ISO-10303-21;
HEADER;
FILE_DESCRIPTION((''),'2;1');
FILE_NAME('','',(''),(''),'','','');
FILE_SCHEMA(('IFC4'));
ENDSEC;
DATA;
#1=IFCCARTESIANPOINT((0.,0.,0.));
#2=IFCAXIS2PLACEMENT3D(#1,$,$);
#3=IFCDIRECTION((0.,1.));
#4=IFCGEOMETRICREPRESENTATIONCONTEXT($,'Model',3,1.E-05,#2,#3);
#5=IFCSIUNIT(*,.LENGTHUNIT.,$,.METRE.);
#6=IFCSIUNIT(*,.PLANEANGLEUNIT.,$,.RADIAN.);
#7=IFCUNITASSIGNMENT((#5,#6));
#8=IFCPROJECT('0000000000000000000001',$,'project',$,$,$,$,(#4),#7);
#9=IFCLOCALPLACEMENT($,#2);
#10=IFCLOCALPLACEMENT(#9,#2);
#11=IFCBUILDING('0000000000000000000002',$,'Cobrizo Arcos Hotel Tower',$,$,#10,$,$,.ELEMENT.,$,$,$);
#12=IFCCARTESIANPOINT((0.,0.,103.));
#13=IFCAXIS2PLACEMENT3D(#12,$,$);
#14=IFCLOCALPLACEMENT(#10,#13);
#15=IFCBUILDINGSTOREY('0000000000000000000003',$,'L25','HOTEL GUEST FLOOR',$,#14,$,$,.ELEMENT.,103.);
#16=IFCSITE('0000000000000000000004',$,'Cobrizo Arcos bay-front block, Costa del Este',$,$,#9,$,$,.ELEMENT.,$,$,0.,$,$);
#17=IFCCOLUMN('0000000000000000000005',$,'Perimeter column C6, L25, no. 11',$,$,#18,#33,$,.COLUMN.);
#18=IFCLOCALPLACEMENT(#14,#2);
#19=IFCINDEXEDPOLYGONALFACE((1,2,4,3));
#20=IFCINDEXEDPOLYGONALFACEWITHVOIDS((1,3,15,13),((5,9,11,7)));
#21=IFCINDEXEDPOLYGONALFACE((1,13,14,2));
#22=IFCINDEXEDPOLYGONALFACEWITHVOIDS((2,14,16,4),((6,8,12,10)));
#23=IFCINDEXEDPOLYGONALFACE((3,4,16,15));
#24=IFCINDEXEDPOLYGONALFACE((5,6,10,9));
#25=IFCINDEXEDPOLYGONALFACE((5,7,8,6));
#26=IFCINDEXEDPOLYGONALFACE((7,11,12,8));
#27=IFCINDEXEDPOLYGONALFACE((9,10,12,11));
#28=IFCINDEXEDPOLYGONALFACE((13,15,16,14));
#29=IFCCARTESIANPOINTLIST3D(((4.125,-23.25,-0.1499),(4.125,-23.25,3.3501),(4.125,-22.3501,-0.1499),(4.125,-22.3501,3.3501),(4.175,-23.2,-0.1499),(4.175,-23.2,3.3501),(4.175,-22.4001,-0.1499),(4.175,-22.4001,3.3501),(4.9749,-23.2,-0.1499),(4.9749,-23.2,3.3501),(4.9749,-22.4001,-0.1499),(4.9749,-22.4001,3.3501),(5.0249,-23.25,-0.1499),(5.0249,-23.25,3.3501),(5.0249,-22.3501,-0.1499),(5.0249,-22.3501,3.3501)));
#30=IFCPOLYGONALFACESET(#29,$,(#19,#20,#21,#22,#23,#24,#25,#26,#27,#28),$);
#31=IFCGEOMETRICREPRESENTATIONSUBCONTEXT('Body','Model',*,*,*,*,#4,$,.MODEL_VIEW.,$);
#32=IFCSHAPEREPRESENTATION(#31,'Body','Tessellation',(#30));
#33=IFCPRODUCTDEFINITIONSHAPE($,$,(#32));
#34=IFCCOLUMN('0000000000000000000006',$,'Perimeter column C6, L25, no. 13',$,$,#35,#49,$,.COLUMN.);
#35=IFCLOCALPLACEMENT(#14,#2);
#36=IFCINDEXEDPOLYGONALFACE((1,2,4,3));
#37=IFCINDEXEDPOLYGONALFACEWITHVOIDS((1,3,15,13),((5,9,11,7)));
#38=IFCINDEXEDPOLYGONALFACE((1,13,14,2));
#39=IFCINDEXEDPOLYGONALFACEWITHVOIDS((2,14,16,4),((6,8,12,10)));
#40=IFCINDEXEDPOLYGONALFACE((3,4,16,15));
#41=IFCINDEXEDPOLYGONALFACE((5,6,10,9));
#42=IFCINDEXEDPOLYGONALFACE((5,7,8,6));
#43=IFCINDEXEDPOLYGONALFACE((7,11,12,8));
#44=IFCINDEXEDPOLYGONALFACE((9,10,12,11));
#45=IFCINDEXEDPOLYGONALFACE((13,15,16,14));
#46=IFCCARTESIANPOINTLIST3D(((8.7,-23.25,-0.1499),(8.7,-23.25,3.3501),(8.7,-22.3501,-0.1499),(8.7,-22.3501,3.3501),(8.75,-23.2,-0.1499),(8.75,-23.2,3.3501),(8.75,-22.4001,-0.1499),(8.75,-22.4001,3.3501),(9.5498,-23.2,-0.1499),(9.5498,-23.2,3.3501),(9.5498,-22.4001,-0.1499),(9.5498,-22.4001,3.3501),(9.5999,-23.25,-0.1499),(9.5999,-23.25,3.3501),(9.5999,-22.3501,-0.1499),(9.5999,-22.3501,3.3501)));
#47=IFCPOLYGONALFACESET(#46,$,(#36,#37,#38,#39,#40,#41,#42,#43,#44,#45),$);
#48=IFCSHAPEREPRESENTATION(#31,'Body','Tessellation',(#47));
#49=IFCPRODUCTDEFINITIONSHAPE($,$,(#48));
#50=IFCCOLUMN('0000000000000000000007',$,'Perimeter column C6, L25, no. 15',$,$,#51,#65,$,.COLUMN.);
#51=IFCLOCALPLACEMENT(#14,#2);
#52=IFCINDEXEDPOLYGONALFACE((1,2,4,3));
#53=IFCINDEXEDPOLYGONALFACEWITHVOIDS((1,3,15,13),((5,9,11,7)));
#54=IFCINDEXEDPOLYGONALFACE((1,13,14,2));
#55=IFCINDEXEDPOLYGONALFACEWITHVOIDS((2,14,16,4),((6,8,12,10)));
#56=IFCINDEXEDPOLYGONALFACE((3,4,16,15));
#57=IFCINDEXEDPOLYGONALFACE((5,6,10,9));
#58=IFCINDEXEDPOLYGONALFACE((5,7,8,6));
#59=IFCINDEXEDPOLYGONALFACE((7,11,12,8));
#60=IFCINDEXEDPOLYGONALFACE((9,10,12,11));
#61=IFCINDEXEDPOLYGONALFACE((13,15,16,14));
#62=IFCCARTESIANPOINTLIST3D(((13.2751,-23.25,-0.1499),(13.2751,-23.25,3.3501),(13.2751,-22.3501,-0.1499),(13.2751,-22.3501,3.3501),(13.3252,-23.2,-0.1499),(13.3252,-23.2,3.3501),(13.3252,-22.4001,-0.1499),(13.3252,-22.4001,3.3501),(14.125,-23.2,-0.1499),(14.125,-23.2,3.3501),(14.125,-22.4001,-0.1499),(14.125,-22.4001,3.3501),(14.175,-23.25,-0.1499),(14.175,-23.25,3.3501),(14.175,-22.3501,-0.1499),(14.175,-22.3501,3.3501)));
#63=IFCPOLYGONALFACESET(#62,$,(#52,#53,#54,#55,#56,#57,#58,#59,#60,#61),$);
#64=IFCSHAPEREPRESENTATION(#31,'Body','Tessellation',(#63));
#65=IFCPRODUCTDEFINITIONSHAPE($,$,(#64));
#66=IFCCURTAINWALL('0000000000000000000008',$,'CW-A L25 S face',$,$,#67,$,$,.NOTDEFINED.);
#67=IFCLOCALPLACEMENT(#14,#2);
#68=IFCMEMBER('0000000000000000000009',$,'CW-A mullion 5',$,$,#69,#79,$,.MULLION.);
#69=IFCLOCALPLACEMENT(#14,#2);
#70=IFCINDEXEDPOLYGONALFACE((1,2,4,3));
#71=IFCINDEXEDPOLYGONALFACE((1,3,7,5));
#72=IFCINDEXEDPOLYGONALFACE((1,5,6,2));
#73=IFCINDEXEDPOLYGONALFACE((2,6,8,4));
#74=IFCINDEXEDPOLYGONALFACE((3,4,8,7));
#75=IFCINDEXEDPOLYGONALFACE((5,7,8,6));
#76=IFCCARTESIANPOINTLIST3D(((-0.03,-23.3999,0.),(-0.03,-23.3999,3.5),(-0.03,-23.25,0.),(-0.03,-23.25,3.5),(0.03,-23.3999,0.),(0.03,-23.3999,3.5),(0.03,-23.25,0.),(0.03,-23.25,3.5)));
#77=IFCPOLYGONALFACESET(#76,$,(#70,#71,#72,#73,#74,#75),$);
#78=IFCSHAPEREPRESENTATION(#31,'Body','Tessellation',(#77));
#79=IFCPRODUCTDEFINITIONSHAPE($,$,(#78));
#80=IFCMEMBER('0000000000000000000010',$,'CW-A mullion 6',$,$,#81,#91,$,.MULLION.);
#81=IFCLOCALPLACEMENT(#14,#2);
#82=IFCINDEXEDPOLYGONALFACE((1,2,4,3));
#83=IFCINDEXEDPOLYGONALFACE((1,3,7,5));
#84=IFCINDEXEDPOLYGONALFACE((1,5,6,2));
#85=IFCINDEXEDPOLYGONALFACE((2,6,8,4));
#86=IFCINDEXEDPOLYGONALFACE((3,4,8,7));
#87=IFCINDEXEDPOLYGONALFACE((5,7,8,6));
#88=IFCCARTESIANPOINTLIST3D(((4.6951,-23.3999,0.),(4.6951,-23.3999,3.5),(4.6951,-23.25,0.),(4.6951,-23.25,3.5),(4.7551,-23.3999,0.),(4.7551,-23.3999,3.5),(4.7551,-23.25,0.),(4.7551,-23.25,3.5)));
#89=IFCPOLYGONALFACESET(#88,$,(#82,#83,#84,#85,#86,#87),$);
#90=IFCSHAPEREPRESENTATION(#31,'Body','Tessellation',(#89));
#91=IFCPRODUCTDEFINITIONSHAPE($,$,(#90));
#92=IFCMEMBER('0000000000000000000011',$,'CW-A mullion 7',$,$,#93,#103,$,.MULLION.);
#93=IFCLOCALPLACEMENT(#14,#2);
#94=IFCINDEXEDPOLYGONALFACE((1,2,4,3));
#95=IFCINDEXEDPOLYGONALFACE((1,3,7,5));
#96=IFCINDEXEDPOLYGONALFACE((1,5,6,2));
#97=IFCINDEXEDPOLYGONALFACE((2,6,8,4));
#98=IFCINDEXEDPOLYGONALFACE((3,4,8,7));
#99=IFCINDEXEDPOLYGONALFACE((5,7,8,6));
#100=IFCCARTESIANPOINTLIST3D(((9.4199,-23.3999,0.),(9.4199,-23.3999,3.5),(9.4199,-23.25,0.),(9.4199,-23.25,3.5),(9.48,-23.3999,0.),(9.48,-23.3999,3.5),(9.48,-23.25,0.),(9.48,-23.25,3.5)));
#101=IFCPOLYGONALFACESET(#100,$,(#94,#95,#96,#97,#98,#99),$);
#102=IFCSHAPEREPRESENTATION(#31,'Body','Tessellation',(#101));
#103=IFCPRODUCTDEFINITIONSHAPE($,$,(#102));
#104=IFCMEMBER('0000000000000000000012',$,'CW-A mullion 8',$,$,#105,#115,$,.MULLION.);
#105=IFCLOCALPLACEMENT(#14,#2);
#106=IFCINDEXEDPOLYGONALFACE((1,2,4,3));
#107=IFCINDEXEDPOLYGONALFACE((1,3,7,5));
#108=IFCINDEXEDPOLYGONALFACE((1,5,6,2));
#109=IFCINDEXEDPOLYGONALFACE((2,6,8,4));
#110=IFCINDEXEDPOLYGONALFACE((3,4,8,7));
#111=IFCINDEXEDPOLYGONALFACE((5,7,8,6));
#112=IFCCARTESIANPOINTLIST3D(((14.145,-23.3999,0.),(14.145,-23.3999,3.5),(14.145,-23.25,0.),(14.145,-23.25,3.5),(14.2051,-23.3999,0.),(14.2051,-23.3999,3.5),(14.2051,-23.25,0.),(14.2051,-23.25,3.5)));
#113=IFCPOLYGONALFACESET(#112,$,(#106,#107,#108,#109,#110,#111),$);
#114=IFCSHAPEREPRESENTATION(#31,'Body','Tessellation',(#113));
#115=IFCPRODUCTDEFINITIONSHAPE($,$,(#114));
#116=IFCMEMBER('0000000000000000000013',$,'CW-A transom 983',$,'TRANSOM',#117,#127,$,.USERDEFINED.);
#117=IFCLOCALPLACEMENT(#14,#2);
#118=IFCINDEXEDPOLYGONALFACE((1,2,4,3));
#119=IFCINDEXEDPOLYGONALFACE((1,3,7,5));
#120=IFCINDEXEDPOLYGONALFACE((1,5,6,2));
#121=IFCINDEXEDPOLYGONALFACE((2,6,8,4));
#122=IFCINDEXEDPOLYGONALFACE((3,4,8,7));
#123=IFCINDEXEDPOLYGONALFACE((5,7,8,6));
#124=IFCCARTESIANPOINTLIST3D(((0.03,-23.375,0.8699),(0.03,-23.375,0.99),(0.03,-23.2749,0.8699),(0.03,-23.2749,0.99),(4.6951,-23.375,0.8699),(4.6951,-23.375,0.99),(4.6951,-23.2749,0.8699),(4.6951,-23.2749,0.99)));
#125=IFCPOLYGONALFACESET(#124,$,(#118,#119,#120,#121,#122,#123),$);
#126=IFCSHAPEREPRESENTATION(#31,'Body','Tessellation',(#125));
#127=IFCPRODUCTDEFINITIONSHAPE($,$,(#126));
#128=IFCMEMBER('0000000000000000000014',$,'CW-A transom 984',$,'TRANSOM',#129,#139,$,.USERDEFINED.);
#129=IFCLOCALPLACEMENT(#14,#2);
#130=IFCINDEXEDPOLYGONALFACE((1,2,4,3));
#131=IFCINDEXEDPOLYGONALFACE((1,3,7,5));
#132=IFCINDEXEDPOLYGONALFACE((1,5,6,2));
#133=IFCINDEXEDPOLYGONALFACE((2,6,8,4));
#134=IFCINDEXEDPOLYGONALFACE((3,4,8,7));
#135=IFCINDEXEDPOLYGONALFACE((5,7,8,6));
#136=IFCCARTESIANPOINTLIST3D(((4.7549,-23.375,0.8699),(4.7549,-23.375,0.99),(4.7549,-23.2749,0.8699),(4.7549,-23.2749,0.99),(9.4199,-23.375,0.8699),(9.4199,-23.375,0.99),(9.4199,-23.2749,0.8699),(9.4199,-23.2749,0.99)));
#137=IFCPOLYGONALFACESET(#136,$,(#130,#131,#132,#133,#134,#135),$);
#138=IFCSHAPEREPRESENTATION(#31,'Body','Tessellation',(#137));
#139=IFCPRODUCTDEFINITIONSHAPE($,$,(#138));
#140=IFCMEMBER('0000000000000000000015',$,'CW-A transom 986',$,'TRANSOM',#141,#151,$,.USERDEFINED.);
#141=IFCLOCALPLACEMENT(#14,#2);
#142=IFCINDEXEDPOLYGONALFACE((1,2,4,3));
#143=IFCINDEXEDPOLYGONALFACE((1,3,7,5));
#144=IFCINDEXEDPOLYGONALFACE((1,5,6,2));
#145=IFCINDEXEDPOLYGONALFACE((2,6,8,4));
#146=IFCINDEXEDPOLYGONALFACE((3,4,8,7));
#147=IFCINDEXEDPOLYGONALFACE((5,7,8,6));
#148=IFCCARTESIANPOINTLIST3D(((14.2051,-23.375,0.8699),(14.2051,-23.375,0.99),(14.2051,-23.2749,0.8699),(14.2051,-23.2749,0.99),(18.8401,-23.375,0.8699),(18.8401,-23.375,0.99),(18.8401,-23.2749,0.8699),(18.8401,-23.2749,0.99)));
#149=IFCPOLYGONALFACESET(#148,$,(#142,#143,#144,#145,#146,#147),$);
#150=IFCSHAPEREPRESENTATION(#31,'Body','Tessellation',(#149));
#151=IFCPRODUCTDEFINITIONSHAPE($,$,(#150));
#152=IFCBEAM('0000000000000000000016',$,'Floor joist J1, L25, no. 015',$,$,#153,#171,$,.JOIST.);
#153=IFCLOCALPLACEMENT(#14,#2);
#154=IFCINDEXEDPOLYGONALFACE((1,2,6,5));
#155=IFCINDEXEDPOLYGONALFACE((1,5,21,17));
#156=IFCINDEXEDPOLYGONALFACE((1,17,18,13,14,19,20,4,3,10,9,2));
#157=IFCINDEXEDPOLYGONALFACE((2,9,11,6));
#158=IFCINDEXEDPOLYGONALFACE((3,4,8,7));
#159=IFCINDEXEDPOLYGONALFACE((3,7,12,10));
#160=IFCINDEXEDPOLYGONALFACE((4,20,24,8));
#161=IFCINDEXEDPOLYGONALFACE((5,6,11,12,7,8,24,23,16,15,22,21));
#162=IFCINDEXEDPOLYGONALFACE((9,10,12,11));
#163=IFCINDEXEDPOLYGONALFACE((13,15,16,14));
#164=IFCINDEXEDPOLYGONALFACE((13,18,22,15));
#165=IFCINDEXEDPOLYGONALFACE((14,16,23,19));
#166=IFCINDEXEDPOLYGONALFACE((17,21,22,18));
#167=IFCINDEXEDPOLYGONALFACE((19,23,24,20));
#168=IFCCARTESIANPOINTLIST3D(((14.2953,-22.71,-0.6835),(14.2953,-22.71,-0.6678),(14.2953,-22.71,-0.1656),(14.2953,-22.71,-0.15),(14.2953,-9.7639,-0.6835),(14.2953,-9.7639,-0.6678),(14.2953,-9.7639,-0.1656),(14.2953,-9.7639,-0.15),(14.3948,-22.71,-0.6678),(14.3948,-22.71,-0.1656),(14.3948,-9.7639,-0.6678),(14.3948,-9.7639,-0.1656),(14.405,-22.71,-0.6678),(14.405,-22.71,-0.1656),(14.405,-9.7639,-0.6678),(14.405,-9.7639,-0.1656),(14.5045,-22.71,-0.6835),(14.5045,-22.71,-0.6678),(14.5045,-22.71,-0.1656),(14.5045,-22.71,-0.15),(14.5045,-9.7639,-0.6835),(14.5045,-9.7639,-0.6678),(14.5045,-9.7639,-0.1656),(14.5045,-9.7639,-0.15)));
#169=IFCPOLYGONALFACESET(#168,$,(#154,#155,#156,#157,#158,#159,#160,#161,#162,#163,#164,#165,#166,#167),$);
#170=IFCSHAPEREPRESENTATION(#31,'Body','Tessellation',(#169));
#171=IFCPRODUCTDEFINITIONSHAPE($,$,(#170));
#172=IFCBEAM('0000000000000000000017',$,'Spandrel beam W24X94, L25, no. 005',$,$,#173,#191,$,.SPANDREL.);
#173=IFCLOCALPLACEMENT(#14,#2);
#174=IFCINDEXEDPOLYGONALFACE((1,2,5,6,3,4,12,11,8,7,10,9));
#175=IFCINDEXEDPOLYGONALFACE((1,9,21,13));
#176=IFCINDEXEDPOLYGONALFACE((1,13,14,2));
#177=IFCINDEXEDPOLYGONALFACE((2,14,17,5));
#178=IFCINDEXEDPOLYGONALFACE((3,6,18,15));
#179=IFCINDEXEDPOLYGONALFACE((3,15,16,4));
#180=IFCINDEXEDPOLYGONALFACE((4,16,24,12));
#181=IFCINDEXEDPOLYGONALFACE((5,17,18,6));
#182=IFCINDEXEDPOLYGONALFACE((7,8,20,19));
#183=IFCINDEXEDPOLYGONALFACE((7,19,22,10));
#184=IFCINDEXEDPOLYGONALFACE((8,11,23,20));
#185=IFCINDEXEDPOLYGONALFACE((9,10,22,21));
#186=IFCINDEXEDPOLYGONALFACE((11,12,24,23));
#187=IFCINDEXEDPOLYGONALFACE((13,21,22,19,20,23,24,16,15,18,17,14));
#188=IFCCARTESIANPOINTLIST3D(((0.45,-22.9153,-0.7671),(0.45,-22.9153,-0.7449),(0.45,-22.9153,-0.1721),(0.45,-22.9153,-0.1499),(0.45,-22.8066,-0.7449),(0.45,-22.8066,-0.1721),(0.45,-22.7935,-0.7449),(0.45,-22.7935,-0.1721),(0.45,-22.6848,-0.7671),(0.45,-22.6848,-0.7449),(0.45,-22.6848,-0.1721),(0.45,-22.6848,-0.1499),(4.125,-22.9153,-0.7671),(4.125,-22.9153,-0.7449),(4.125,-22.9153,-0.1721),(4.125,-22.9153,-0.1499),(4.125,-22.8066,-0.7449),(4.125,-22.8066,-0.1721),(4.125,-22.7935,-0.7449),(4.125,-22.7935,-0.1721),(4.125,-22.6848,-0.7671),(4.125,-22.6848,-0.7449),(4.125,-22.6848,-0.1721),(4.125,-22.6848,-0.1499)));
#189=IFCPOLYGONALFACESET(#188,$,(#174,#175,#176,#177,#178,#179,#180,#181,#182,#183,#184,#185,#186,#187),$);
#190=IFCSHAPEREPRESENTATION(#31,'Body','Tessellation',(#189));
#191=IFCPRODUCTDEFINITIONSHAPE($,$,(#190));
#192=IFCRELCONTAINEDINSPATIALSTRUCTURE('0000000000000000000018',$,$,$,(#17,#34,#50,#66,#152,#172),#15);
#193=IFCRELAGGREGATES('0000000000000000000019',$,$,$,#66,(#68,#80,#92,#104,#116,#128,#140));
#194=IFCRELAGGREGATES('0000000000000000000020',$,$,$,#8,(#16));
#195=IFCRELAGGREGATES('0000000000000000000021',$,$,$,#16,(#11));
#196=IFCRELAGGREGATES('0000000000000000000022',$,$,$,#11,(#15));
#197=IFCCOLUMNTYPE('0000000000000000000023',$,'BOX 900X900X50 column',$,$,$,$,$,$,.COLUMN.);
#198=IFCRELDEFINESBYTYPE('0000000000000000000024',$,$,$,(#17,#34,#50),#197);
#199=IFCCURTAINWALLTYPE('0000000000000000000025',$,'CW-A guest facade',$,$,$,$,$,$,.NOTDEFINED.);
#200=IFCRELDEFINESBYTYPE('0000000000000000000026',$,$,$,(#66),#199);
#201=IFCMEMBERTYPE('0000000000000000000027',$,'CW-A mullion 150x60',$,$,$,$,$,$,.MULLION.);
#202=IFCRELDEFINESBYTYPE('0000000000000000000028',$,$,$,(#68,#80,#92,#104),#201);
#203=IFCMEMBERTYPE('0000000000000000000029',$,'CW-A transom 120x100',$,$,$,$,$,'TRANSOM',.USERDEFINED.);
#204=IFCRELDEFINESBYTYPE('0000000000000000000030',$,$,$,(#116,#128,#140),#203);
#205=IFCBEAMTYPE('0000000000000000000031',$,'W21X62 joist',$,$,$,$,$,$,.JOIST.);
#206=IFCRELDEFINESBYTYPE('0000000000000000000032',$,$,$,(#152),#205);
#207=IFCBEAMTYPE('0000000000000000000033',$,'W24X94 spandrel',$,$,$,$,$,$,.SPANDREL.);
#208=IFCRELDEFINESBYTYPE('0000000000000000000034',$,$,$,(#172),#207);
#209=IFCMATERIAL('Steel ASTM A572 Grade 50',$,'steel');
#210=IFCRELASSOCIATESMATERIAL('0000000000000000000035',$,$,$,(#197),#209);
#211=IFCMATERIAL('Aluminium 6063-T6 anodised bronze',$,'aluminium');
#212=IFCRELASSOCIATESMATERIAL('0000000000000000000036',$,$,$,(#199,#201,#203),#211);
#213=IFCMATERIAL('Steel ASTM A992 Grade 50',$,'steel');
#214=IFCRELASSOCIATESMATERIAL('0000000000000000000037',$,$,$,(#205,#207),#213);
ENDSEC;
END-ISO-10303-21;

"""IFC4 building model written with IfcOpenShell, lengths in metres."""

from ifc_helpers import new_model, si_unit, direction, frame, origin, origin_2d, place, context, subcontext, project, spatial, rectangle, hollow_rectangle, i_section, extrude, material, material_profile, profile_set, type_object, element, aggregate, save


model = new_model("IFC4")

# Units and contexts
model_context = context("Model", 3, precision=1e-05, world=origin(), true_north=direction((0.0, 1.0)))
body_context = subcontext(model_context, "Body", "Model", "MODEL_VIEW")
ifc_project = project(units=[si_unit("LENGTHUNIT", "METRE"), si_unit("PLANEANGLEUNIT", "RADIAN")], contexts=[model_context])

# Site, building, storey
site_placement = place(None, origin())
site = spatial("IfcSite", under=ifc_project, at=site_placement, Name="Cobrizo Arcos bay-front block, Costa del Este", CompositionType="ELEMENT", RefElevation=0.0)
building_placement = place(site_placement, origin())
building = spatial("IfcBuilding", under=site, at=building_placement, Name="Cobrizo Arcos Hotel Tower", CompositionType="ELEMENT")
storey_placement = place(building_placement, frame((0.0, 0.0, 103.0)))
storey = spatial("IfcBuildingStorey", under=building, at=storey_placement, Name="L25", Description="HOTEL GUEST FLOOR", CompositionType="ELEMENT", Elevation=103.0)

# Columns
ifc_material_1 = material(Name="Steel ASTM A572 Grade 50", Category="steel")
ifc_material_profile_1 = material_profile(ifc_material_1, hollow_rectangle(XDim=0.8999, YDim=0.8999, WallThickness=0.05, at=origin_2d()), Name="BOX 900X900X50")
ifc_profile_set_1 = profile_set([ifc_material_profile_1], Name="Steel ASTM A572 Grade 50")
column_type = type_object("IfcColumnType", Name="BOX 900X900X50 column", PredefinedType="COLUMN", material=ifc_profile_set_1)
for number, where, z_axis, x_axis, name in (
    (1, (4.575, -22.8, -0.1499), (0.0, 0.0, 1.0), (1.0, 0.0, 0.0), "Perimeter column C6, L25, no. 11"),
    (2, (9.1499, -22.8, -0.1499), (0.0, 0.0, 1.0), (1.0, 0.0, 0.0), "Perimeter column C6, L25, no. 13"),
    (3, (13.7251, -22.8, -0.1499), (0.0, 0.0, 1.0), (1.0, 0.0, 0.0), "Perimeter column C6, L25, no. 15"),
):
    element("IfcColumn", number, at=place(storey_placement, frame(where, z_axis=z_axis, x_axis=x_axis)), inside=storey, type_object=column_type, Name=name, PredefinedType="COLUMN", context=body_context, shape_type="SweptSolid", body=[
        extrude(hollow_rectangle(XDim=0.8999, YDim=0.8999, WallThickness=0.05, at=origin_2d()), origin(), (0.0, 0.0, 1.0), 3.5),
    ])

# Curtain wall, members
ifc_material_2 = material(Name="Aluminium 6063-T6 anodised bronze", Category="aluminium")
curtain_wall_type = type_object("IfcCurtainWallType", Name="CW-A guest facade", PredefinedType="NOTDEFINED", material=ifc_material_2)
curtain_wall_placement = place(storey_placement, origin())
curtain_wall = element("IfcCurtainWall", 4, at=curtain_wall_placement, inside=storey, type_object=curtain_wall_type, Name="CW-A L25 S face", PredefinedType="NOTDEFINED")
ifc_material_profile_2 = material_profile(ifc_material_2, rectangle(XDim=0.1499, YDim=0.0601, at=origin_2d()), Name="CW-A mullion 150x60")
ifc_profile_set_2 = profile_set([ifc_material_profile_2], Name="Aluminium 6063-T6 anodised bronze")
member_type_1 = type_object("IfcMemberType", Name="CW-A mullion 150x60", PredefinedType="MULLION", material=ifc_profile_set_2)
member_1_placement = place(storey_placement, frame((0.0, -23.325, 0.0), z_axis=(0.0, 0.0, 1.0), x_axis=(0.0, -1.0, 0.0)))
member_1 = element("IfcMember", 5, at=member_1_placement, type_object=member_type_1, Name="CW-A mullion 5", PredefinedType="MULLION", context=body_context, shape_type="SweptSolid", body=[
    extrude(rectangle(XDim=0.1499, YDim=0.0601, at=origin_2d()), origin(), (0.0, 0.0, 1.0), 3.5),
])
member_2_placement = place(storey_placement, frame((4.7251, -23.325, 0.0), z_axis=(0.0, 0.0, 1.0), x_axis=(0.0, -1.0, 0.0)))
member_2 = element("IfcMember", 6, at=member_2_placement, type_object=member_type_1, Name="CW-A mullion 6", PredefinedType="MULLION", context=body_context, shape_type="SweptSolid", body=[
    extrude(rectangle(XDim=0.1499, YDim=0.0601, at=origin_2d()), origin(), (0.0, 0.0, 1.0), 3.5),
])
member_3_placement = place(storey_placement, frame((9.45, -23.325, 0.0), z_axis=(0.0, 0.0, 1.0), x_axis=(0.0, -1.0, 0.0)))
member_3 = element("IfcMember", 7, at=member_3_placement, type_object=member_type_1, Name="CW-A mullion 7", PredefinedType="MULLION", context=body_context, shape_type="SweptSolid", body=[
    extrude(rectangle(XDim=0.1499, YDim=0.0601, at=origin_2d()), origin(), (0.0, 0.0, 1.0), 3.5),
])
member_4_placement = place(storey_placement, frame((14.175, -23.325, 0.0), z_axis=(0.0, 0.0, 1.0), x_axis=(0.0, -1.0, 0.0)))
member_4 = element("IfcMember", 8, at=member_4_placement, type_object=member_type_1, Name="CW-A mullion 8", PredefinedType="MULLION", context=body_context, shape_type="SweptSolid", body=[
    extrude(rectangle(XDim=0.1499, YDim=0.0601, at=origin_2d()), origin(), (0.0, 0.0, 1.0), 3.5),
])
ifc_material_profile_3 = material_profile(ifc_material_2, rectangle(XDim=0.1001, YDim=0.1201, at=origin_2d()), Name="CW-A transom 120x100")
ifc_profile_set_3 = profile_set([ifc_material_profile_3], Name="Aluminium 6063-T6 anodised bronze")
member_type_2 = type_object("IfcMemberType", Name="CW-A transom 120x100", ElementType="TRANSOM", PredefinedType="USERDEFINED", material=ifc_profile_set_3)
member_5_placement = place(storey_placement, frame((0.03, -23.325, 0.9299), z_axis=(1.0, 0.0, 0.0), x_axis=(0.0, 1.0, 0.0)))
member_5 = element("IfcMember", 9, at=member_5_placement, type_object=member_type_2, Name="CW-A transom 983", ObjectType="TRANSOM", PredefinedType="USERDEFINED", context=body_context, shape_type="SweptSolid", body=[
    extrude(rectangle(XDim=0.1001, YDim=0.1201, at=origin_2d()), origin(), (0.0, 0.0, 1.0), 4.665),
])
member_6_placement = place(storey_placement, frame((4.7549, -23.325, 0.9299), z_axis=(1.0, 0.0, 0.0), x_axis=(0.0, 1.0, 0.0)))
member_6 = element("IfcMember", 10, at=member_6_placement, type_object=member_type_2, Name="CW-A transom 984", ObjectType="TRANSOM", PredefinedType="USERDEFINED", context=body_context, shape_type="SweptSolid", body=[
    extrude(rectangle(XDim=0.1001, YDim=0.1201, at=origin_2d()), origin(), (0.0, 0.0, 1.0), 4.665),
])
member_7_placement = place(storey_placement, frame((14.2051, -23.325, 0.9299), z_axis=(1.0, 0.0, 0.0), x_axis=(0.0, 1.0, 0.0)))
member_7 = element("IfcMember", 11, at=member_7_placement, type_object=member_type_2, Name="CW-A transom 986", ObjectType="TRANSOM", PredefinedType="USERDEFINED", context=body_context, shape_type="SweptSolid", body=[
    extrude(rectangle(XDim=0.1001, YDim=0.1201, at=origin_2d()), origin(), (0.0, 0.0, 1.0), 4.635),
])

# Beams
ifc_material_3 = material(Name="Steel ASTM A992 Grade 50", Category="steel")
ifc_material_profile_4 = material_profile(ifc_material_3, i_section(OverallWidth=0.2092, OverallDepth=0.5334, WebThickness=0.0103, FlangeThickness=0.0156, at=origin_2d()), Name="W21X62")
ifc_profile_set_4 = profile_set([ifc_material_profile_4], Name="Steel ASTM A992 Grade 50")
beam_type_1 = type_object("IfcBeamType", Name="W21X62 joist", PredefinedType="JOIST", material=ifc_profile_set_4)
beam_1_placement = place(storey_placement, frame((14.3999, -22.71, -0.4167), z_axis=(0.0, 1.0, 0.0), x_axis=(-1.0, 0.0, 0.0)))
element("IfcBeam", 12, at=beam_1_placement, inside=storey, type_object=beam_type_1, Name="Floor joist J1, L25, no. 015", PredefinedType="JOIST", context=body_context, shape_type="SweptSolid", body=[
    extrude(i_section(OverallWidth=0.2092, OverallDepth=0.5334, WebThickness=0.0103, FlangeThickness=0.0156, at=origin_2d()), origin(), (0.0, 0.0, 1.0), 12.946),
])
ifc_material_profile_5 = material_profile(ifc_material_3, i_section(OverallWidth=0.2305, OverallDepth=0.6172, WebThickness=0.0132, FlangeThickness=0.0222, at=origin_2d()), Name="W24X94")
ifc_profile_set_5 = profile_set([ifc_material_profile_5], Name="Steel ASTM A992 Grade 50")
beam_type_2 = type_object("IfcBeamType", Name="W24X94 spandrel", PredefinedType="SPANDREL", material=ifc_profile_set_5)
for number, where, z_axis, x_axis, name in (
    (13, (0.45, -22.8, -0.4585), (1.0, 0.0, 0.0), (0.0, 1.0, 0.0), "Spandrel beam W24X94, L25, no. 005"),
):
    element("IfcBeam", number, at=place(storey_placement, frame(where, z_axis=z_axis, x_axis=x_axis)), inside=storey, type_object=beam_type_2, Name=name, PredefinedType="SPANDREL", context=body_context, shape_type="SweptSolid", body=[
        extrude(i_section(OverallWidth=0.2305, OverallDepth=0.6172, WebThickness=0.0132, FlangeThickness=0.0222, at=origin_2d()), origin(), (0.0, 0.0, 1.0), 3.675),
    ])

aggregate(curtain_wall, [member_1, member_2, member_3, member_4, member_5, member_6, member_7])

save(model, "model.ifc")
